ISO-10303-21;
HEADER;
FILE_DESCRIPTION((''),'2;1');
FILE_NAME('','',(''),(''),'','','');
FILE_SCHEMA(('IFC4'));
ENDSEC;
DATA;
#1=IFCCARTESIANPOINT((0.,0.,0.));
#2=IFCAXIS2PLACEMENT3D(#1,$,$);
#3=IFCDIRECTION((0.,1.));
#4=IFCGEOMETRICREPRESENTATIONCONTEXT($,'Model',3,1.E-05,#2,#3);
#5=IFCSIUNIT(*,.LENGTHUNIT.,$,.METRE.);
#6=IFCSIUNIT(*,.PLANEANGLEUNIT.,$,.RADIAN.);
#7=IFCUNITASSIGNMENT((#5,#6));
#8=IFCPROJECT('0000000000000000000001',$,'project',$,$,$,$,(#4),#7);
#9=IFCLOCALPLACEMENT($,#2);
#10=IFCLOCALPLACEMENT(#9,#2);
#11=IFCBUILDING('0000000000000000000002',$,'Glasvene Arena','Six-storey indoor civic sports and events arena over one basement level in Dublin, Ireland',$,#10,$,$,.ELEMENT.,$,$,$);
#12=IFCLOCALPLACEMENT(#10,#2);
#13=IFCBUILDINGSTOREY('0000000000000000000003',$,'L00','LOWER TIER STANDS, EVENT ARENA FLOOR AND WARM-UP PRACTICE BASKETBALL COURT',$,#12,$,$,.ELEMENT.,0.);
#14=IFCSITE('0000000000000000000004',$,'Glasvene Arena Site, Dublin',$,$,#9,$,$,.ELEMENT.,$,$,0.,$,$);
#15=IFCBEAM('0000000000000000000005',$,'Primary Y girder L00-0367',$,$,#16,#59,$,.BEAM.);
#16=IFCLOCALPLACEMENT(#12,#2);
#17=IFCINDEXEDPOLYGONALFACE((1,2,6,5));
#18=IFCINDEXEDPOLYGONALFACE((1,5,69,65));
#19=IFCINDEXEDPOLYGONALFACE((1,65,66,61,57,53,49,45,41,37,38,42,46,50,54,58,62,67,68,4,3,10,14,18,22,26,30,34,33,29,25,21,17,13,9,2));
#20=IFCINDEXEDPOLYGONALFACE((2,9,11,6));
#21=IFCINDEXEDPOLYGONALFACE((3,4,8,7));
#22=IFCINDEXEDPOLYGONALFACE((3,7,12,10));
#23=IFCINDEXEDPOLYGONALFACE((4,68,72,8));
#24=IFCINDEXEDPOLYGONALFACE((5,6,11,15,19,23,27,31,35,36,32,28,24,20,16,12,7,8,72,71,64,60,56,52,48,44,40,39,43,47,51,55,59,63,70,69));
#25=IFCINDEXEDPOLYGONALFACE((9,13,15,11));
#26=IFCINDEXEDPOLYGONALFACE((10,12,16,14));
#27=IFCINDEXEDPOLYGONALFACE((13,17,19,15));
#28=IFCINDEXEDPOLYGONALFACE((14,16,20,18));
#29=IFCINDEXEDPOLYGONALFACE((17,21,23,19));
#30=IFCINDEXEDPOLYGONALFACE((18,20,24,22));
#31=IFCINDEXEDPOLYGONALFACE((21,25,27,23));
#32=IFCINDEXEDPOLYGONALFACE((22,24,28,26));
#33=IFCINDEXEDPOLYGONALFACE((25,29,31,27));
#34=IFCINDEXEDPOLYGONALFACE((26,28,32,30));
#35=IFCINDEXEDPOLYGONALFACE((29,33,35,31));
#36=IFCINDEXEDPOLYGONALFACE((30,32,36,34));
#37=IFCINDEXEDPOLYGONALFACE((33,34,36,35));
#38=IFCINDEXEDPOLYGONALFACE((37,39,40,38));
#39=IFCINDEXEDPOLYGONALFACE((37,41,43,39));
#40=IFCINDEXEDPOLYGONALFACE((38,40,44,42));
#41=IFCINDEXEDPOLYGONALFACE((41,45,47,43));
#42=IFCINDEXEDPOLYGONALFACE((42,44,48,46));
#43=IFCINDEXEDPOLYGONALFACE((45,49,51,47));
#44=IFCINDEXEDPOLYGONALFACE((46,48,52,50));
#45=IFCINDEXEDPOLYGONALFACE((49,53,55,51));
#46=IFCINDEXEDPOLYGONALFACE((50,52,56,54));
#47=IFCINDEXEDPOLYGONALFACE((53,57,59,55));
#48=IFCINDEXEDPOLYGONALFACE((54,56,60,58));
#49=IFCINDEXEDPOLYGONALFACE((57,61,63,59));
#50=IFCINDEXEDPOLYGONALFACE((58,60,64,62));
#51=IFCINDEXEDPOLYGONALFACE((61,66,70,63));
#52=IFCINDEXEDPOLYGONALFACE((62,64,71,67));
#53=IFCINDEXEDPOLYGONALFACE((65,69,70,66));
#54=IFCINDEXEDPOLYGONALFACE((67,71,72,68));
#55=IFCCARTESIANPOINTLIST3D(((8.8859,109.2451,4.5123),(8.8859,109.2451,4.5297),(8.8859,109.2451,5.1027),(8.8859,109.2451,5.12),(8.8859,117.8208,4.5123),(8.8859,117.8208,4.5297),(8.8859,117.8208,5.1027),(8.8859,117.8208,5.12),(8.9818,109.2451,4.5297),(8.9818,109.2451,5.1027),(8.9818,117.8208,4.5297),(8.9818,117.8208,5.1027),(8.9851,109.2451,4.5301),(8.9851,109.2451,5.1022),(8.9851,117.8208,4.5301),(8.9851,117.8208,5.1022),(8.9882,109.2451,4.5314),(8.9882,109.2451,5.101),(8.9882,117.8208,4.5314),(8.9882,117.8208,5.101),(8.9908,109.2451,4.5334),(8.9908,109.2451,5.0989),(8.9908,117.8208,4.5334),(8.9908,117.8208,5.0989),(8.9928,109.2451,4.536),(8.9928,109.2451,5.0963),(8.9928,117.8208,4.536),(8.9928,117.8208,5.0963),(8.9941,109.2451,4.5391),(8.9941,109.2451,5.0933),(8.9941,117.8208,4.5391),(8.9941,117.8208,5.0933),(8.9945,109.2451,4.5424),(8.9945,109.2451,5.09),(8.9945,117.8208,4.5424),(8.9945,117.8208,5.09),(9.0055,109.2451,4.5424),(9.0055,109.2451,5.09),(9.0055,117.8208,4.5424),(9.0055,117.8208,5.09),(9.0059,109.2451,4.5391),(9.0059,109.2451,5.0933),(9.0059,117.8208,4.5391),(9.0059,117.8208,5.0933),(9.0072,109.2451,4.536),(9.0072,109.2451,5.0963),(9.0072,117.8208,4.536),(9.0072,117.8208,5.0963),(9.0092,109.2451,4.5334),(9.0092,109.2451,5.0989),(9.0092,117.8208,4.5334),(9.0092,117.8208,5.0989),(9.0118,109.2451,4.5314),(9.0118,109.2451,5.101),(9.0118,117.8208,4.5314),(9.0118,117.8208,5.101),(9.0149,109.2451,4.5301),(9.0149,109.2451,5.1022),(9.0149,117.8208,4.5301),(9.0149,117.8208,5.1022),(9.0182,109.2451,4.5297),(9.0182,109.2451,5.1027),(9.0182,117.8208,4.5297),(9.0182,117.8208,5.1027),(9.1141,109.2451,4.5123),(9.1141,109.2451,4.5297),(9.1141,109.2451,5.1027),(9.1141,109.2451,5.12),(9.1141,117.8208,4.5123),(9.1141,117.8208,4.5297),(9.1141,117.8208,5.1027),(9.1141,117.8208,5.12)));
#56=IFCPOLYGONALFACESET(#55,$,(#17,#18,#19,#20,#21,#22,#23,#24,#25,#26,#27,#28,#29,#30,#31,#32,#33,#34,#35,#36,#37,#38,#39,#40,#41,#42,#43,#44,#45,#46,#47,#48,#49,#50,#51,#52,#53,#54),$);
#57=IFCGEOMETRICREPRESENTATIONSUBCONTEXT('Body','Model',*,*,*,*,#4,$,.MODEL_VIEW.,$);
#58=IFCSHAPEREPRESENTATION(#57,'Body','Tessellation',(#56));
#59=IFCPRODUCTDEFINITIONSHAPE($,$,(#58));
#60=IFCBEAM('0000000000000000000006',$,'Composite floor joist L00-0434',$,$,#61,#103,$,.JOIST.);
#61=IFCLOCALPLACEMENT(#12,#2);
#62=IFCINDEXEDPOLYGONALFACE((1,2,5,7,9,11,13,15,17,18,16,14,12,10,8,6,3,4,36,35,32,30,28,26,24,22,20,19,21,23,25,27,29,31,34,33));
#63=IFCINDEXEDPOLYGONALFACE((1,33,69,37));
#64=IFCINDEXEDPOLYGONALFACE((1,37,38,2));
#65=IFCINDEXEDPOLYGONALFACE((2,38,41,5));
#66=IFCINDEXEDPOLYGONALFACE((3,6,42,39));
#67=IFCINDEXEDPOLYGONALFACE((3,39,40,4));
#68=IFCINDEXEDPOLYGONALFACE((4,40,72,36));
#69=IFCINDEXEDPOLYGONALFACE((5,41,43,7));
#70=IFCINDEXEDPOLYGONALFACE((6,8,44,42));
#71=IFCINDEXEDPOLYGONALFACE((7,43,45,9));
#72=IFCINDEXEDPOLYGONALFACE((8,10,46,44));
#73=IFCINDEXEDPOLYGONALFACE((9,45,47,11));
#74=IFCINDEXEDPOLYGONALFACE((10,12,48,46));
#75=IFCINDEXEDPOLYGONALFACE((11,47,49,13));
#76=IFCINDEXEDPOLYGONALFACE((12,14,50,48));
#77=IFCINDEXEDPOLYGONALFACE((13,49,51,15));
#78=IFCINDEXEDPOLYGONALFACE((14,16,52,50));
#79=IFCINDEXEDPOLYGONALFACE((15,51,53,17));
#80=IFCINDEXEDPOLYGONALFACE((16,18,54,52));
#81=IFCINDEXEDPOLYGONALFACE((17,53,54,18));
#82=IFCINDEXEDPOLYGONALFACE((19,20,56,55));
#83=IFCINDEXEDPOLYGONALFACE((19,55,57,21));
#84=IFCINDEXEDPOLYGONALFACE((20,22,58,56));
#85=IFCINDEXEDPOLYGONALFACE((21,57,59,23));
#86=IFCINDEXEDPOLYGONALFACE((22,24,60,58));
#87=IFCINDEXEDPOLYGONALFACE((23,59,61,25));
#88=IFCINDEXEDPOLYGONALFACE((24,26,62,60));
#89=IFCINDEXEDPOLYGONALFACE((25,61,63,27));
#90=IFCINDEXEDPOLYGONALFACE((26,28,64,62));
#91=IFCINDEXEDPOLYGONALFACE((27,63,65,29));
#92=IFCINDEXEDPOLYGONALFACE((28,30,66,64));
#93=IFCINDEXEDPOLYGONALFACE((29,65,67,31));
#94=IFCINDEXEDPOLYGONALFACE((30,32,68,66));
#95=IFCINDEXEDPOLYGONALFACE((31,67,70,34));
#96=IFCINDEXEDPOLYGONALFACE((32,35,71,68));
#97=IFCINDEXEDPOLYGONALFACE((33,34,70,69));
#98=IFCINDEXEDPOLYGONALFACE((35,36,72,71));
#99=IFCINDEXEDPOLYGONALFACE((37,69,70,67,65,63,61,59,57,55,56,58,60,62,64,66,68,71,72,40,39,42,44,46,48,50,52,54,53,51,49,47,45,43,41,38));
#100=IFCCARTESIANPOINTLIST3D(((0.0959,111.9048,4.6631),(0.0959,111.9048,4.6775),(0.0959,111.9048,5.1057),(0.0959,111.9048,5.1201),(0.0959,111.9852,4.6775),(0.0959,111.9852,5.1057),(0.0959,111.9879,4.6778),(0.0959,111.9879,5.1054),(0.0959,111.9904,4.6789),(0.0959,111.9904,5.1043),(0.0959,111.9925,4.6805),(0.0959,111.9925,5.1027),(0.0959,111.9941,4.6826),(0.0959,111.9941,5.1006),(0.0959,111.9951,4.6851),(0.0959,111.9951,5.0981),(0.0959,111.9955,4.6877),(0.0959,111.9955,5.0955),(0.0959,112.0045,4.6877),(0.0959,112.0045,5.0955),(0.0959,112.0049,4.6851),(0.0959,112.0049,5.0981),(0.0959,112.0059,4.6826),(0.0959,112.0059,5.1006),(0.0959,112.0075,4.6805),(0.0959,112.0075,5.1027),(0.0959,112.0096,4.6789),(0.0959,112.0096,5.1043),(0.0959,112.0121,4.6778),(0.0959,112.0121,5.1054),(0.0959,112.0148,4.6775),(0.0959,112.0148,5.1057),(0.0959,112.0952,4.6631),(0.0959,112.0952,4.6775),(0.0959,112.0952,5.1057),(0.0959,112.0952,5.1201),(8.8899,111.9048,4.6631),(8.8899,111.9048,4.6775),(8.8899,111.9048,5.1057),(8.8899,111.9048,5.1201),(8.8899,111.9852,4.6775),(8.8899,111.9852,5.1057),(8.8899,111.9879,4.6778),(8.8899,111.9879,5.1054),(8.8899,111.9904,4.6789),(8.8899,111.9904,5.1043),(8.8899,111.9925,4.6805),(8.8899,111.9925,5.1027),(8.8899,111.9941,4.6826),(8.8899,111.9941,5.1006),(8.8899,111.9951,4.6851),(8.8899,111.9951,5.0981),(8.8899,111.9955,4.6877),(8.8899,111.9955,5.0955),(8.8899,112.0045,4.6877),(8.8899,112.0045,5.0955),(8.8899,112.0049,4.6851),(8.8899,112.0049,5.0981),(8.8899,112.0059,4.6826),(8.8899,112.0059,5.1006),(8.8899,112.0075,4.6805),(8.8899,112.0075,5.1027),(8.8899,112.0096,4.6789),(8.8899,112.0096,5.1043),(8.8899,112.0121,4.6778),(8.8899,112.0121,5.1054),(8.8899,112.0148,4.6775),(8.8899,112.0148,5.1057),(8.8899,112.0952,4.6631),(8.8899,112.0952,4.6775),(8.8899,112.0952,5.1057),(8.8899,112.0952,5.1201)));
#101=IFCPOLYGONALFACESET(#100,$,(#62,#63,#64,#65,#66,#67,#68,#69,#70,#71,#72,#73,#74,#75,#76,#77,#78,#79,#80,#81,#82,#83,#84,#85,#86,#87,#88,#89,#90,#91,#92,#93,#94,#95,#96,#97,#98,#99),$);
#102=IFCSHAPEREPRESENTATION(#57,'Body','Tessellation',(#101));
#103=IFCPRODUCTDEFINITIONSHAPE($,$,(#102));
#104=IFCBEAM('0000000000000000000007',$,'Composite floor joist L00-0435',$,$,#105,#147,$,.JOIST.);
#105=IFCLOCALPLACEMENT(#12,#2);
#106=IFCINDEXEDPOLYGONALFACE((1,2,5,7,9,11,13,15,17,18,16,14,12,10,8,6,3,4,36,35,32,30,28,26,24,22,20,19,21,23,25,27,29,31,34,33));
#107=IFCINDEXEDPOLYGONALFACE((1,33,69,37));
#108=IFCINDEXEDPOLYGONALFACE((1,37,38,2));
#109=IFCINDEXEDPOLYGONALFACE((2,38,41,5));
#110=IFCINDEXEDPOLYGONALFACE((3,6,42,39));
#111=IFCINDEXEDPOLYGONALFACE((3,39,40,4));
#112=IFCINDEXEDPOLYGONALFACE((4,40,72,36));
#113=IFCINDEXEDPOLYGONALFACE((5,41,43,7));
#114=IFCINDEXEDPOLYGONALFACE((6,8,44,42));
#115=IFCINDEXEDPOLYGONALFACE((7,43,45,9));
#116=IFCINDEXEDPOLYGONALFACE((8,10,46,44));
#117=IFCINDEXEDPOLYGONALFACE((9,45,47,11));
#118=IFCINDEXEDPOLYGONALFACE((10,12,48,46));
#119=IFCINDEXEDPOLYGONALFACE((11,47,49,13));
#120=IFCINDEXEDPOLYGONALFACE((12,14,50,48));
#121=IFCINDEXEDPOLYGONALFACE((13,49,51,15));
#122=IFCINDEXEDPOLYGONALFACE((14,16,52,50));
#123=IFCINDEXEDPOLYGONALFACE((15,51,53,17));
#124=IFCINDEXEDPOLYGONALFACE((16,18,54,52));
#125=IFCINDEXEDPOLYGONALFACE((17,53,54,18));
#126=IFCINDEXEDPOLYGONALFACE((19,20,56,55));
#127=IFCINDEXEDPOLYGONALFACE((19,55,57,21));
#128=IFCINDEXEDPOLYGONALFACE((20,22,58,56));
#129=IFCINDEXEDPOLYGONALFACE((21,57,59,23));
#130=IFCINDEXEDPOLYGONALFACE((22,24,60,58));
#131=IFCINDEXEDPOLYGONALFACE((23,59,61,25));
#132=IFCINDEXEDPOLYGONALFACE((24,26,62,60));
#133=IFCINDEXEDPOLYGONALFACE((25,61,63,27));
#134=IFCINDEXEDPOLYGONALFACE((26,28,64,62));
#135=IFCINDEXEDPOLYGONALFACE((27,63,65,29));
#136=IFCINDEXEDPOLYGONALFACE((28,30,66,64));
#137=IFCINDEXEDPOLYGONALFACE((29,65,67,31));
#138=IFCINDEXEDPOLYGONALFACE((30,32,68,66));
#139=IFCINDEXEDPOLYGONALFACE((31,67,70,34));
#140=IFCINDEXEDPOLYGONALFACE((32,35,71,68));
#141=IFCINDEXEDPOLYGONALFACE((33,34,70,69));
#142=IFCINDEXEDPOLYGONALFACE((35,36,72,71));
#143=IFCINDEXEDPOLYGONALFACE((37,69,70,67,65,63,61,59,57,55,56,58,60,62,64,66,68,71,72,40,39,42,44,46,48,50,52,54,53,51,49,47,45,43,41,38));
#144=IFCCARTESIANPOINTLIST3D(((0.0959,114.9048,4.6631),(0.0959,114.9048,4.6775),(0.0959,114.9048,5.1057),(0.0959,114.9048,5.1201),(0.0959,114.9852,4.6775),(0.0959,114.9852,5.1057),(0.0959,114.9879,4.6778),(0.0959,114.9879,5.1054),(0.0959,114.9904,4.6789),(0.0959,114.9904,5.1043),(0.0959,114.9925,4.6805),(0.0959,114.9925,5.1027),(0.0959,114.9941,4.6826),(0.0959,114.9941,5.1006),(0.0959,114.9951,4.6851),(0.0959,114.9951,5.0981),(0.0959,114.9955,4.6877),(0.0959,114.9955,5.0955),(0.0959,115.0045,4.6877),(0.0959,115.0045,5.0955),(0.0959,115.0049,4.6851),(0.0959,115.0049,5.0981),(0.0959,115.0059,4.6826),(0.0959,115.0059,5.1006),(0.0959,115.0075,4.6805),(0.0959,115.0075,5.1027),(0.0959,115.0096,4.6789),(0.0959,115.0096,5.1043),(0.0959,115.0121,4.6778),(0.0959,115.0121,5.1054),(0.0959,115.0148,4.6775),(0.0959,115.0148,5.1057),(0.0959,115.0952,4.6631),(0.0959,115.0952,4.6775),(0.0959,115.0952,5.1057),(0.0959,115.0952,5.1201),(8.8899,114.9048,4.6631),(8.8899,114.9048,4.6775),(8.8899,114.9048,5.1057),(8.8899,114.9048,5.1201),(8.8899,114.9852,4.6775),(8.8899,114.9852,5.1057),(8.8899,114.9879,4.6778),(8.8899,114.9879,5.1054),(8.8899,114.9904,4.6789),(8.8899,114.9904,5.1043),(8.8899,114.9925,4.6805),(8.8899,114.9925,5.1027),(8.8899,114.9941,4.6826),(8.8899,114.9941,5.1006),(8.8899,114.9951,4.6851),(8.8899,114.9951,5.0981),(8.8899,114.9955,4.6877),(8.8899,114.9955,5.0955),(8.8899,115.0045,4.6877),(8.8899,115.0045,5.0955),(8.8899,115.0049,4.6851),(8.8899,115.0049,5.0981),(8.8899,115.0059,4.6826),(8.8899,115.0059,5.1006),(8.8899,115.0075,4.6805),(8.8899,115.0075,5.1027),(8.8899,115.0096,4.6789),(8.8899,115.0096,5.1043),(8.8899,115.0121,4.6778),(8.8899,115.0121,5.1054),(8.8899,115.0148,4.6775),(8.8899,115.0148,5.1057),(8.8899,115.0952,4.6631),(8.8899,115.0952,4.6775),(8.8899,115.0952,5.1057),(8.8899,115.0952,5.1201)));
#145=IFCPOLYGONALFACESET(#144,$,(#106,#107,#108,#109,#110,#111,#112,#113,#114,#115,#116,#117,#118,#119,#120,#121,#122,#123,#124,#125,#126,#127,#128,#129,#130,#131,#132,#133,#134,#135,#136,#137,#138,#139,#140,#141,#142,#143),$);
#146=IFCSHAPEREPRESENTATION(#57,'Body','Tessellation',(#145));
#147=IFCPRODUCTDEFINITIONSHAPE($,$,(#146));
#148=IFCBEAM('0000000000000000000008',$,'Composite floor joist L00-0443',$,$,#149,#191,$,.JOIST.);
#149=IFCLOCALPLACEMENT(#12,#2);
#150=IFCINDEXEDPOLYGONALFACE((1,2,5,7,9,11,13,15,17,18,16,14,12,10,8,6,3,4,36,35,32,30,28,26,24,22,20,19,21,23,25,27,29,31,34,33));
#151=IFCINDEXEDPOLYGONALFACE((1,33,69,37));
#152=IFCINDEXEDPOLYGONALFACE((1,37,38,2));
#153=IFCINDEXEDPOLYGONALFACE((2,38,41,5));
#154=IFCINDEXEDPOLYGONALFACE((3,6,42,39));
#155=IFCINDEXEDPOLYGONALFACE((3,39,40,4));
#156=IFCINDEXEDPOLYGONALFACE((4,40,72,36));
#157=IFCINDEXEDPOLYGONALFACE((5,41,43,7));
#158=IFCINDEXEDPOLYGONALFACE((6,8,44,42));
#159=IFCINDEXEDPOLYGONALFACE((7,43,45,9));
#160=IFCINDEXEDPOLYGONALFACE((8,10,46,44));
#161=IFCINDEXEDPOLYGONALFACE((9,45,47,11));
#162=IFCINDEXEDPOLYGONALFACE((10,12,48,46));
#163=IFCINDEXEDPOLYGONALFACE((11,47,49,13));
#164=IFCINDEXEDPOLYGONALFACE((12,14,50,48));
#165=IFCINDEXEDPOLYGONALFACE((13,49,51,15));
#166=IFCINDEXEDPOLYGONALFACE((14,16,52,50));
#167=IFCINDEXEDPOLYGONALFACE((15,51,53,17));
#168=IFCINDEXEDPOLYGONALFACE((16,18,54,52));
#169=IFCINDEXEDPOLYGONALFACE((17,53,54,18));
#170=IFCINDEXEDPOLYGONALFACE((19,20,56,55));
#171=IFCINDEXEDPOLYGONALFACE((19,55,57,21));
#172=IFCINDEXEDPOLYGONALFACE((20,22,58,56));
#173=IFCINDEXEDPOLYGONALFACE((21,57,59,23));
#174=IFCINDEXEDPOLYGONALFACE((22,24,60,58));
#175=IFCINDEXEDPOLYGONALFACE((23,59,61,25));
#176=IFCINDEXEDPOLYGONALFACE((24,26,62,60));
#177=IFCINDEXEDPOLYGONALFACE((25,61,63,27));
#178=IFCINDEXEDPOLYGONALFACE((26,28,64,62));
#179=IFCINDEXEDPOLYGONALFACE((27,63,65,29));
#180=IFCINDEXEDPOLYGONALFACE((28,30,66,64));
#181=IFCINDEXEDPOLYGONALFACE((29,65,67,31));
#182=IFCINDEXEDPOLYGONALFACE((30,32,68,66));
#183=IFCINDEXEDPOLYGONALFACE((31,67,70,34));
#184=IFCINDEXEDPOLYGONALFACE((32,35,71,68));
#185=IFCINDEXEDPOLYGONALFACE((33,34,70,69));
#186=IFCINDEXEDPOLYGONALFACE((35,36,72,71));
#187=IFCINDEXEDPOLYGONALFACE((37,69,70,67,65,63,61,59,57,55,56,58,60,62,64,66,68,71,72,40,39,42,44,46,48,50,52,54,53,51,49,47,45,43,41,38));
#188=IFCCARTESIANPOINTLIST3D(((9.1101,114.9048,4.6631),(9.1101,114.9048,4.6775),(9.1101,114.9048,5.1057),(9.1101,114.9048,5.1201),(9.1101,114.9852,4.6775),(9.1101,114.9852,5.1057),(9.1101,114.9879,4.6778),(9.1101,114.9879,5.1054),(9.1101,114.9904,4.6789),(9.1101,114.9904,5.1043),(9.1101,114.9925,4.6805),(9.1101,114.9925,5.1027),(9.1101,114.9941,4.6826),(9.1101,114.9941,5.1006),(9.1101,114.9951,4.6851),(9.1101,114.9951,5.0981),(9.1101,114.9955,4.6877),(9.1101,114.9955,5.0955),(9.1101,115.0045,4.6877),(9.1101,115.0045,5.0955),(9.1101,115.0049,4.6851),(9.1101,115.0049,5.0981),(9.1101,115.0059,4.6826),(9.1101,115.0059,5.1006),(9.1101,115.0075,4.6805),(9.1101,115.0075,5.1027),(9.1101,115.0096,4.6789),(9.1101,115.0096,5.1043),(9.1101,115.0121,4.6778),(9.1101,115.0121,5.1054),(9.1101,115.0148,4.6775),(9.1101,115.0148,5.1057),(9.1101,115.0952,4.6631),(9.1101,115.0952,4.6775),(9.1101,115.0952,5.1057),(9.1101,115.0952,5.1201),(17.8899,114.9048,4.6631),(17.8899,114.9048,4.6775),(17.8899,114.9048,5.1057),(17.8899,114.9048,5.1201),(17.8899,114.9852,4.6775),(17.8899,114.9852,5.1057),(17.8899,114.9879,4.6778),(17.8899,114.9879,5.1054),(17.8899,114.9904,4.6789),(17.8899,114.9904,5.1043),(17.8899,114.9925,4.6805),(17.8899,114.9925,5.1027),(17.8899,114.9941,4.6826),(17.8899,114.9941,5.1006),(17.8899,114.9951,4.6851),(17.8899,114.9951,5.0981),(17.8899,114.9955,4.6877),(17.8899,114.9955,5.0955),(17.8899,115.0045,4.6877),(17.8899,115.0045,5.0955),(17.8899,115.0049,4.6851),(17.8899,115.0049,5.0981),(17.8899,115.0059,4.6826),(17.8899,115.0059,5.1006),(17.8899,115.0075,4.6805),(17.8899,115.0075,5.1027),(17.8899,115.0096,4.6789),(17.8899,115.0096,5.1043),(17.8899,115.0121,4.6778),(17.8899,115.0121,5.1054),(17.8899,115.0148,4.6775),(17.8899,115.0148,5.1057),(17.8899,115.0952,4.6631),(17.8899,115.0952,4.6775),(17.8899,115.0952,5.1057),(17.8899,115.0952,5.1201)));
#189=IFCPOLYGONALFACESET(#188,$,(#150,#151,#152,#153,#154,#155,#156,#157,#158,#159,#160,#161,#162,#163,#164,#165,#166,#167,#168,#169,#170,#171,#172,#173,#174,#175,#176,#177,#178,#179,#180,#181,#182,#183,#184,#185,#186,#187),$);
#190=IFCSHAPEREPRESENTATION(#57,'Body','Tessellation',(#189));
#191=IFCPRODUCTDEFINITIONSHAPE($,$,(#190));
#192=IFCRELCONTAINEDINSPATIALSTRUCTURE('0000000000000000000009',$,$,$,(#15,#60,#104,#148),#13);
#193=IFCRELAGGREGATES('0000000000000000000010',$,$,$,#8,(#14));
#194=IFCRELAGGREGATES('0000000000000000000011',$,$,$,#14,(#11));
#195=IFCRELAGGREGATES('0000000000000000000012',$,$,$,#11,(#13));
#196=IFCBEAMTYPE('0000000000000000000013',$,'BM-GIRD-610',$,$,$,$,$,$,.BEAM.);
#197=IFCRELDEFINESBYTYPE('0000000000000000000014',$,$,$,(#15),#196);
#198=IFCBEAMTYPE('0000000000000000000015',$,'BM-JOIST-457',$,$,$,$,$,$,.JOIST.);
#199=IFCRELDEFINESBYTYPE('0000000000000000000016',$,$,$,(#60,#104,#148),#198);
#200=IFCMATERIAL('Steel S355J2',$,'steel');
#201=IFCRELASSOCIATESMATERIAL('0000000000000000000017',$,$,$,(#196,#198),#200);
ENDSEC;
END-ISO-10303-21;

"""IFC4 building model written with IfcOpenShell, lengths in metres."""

from ifc_helpers import new_model, si_unit, direction, frame, origin, origin_2d, place, context, subcontext, project, spatial, i_section, extrude, material, material_profile, profile_set, type_object, element, save


model = new_model("IFC4")

# Units and contexts
model_context = context("Model", 3, precision=1e-05, world=origin(), true_north=direction((0.0, 1.0)))
body_context = subcontext(model_context, "Body", "Model", "MODEL_VIEW")
ifc_project = project(units=[si_unit("LENGTHUNIT", "METRE"), si_unit("PLANEANGLEUNIT", "RADIAN")], contexts=[model_context])

# Site, building, storey
site_placement = place(None, origin())
site = spatial("IfcSite", under=ifc_project, at=site_placement, Name="Glasvene Arena Site, Dublin", CompositionType="ELEMENT", RefElevation=0.0)
building_placement = place(site_placement, origin())
building = spatial("IfcBuilding", under=site, at=building_placement, Name="Glasvene Arena", Description="Six-storey indoor civic sports and events arena over one basement level in Dublin, Ireland", CompositionType="ELEMENT")
storey_placement = place(building_placement, origin())
storey = spatial("IfcBuildingStorey", under=building, at=storey_placement, Name="L00", Description="LOWER TIER STANDS, EVENT ARENA FLOOR AND WARM-UP PRACTICE BASKETBALL COURT", CompositionType="ELEMENT", Elevation=0.0)

# Shared definitions
ifc_material_1 = material(Name="Steel S355J2", Category="steel")

# Beams
ifc_material_profile_1 = material_profile(ifc_material_1, i_section(OverallWidth=0.2283, OverallDepth=0.6077, WebThickness=0.011, FlangeThickness=0.0173, FilletRadius=0.0127, at=origin_2d()), Name="UKB 610x229x113")
ifc_profile_set_1 = profile_set([ifc_material_profile_1], Name="Steel S355J2")
beam_type_1 = type_object("IfcBeamType", Name="BM-GIRD-610", PredefinedType="BEAM", material=ifc_profile_set_1)
beam_1_placement = place(storey_placement, frame((9.0, 109.2451, 4.8162), z_axis=(0.0, 1.0, 0.0), x_axis=(-1.0, 0.0, 0.0)))
element("IfcBeam", 1, at=beam_1_placement, inside=storey, type_object=beam_type_1, Name="Primary Y girder L00-0367", PredefinedType="BEAM", context=body_context, shape_type="SweptSolid", body=[
    extrude(i_section(OverallWidth=0.2283, OverallDepth=0.6077, WebThickness=0.011, FlangeThickness=0.0173, FilletRadius=0.0127, at=origin_2d()), origin(), (0.0, 0.0, 1.0), 8.5757),
])
ifc_material_profile_2 = material_profile(ifc_material_1, i_section(OverallWidth=0.1904, OverallDepth=0.457, WebThickness=0.009, FlangeThickness=0.0144, FilletRadius=0.0103, at=origin_2d()), Name="UKB 457x191x74")
ifc_profile_set_2 = profile_set([ifc_material_profile_2], Name="Steel S355J2")
beam_type_2 = type_object("IfcBeamType", Name="BM-JOIST-457", PredefinedType="JOIST", material=ifc_profile_set_2)
for number, where, z_axis, x_axis, name in (
    (2, (0.0959, 112.0, 4.8916), (1.0, 0.0, 0.0), (0.0, 1.0, 0.0), "Composite floor joist L00-0434"),
    (3, (0.0959, 115.0, 4.8916), (1.0, 0.0, 0.0), (0.0, 1.0, 0.0), "Composite floor joist L00-0435"),
):
    element("IfcBeam", number, at=place(storey_placement, frame(where, z_axis=z_axis, x_axis=x_axis)), inside=storey, type_object=beam_type_2, Name=name, PredefinedType="JOIST", context=body_context, shape_type="SweptSolid", body=[
        extrude(i_section(OverallWidth=0.1904, OverallDepth=0.457, WebThickness=0.009, FlangeThickness=0.0144, FilletRadius=0.0103, at=origin_2d()), origin(), (0.0, 0.0, 1.0), 8.7939),
    ])
beam_2_placement = place(storey_placement, frame((9.1101, 115.0, 4.8916), z_axis=(1.0, 0.0, 0.0), x_axis=(0.0, 1.0, 0.0)))
element("IfcBeam", 4, at=beam_2_placement, inside=storey, type_object=beam_type_2, Name="Composite floor joist L00-0443", PredefinedType="JOIST", context=body_context, shape_type="SweptSolid", body=[
    extrude(i_section(OverallWidth=0.1904, OverallDepth=0.457, WebThickness=0.009, FlangeThickness=0.0144, FilletRadius=0.0103, at=origin_2d()), origin(), (0.0, 0.0, 1.0), 8.7798),
])

save(model, "model.ifc")
